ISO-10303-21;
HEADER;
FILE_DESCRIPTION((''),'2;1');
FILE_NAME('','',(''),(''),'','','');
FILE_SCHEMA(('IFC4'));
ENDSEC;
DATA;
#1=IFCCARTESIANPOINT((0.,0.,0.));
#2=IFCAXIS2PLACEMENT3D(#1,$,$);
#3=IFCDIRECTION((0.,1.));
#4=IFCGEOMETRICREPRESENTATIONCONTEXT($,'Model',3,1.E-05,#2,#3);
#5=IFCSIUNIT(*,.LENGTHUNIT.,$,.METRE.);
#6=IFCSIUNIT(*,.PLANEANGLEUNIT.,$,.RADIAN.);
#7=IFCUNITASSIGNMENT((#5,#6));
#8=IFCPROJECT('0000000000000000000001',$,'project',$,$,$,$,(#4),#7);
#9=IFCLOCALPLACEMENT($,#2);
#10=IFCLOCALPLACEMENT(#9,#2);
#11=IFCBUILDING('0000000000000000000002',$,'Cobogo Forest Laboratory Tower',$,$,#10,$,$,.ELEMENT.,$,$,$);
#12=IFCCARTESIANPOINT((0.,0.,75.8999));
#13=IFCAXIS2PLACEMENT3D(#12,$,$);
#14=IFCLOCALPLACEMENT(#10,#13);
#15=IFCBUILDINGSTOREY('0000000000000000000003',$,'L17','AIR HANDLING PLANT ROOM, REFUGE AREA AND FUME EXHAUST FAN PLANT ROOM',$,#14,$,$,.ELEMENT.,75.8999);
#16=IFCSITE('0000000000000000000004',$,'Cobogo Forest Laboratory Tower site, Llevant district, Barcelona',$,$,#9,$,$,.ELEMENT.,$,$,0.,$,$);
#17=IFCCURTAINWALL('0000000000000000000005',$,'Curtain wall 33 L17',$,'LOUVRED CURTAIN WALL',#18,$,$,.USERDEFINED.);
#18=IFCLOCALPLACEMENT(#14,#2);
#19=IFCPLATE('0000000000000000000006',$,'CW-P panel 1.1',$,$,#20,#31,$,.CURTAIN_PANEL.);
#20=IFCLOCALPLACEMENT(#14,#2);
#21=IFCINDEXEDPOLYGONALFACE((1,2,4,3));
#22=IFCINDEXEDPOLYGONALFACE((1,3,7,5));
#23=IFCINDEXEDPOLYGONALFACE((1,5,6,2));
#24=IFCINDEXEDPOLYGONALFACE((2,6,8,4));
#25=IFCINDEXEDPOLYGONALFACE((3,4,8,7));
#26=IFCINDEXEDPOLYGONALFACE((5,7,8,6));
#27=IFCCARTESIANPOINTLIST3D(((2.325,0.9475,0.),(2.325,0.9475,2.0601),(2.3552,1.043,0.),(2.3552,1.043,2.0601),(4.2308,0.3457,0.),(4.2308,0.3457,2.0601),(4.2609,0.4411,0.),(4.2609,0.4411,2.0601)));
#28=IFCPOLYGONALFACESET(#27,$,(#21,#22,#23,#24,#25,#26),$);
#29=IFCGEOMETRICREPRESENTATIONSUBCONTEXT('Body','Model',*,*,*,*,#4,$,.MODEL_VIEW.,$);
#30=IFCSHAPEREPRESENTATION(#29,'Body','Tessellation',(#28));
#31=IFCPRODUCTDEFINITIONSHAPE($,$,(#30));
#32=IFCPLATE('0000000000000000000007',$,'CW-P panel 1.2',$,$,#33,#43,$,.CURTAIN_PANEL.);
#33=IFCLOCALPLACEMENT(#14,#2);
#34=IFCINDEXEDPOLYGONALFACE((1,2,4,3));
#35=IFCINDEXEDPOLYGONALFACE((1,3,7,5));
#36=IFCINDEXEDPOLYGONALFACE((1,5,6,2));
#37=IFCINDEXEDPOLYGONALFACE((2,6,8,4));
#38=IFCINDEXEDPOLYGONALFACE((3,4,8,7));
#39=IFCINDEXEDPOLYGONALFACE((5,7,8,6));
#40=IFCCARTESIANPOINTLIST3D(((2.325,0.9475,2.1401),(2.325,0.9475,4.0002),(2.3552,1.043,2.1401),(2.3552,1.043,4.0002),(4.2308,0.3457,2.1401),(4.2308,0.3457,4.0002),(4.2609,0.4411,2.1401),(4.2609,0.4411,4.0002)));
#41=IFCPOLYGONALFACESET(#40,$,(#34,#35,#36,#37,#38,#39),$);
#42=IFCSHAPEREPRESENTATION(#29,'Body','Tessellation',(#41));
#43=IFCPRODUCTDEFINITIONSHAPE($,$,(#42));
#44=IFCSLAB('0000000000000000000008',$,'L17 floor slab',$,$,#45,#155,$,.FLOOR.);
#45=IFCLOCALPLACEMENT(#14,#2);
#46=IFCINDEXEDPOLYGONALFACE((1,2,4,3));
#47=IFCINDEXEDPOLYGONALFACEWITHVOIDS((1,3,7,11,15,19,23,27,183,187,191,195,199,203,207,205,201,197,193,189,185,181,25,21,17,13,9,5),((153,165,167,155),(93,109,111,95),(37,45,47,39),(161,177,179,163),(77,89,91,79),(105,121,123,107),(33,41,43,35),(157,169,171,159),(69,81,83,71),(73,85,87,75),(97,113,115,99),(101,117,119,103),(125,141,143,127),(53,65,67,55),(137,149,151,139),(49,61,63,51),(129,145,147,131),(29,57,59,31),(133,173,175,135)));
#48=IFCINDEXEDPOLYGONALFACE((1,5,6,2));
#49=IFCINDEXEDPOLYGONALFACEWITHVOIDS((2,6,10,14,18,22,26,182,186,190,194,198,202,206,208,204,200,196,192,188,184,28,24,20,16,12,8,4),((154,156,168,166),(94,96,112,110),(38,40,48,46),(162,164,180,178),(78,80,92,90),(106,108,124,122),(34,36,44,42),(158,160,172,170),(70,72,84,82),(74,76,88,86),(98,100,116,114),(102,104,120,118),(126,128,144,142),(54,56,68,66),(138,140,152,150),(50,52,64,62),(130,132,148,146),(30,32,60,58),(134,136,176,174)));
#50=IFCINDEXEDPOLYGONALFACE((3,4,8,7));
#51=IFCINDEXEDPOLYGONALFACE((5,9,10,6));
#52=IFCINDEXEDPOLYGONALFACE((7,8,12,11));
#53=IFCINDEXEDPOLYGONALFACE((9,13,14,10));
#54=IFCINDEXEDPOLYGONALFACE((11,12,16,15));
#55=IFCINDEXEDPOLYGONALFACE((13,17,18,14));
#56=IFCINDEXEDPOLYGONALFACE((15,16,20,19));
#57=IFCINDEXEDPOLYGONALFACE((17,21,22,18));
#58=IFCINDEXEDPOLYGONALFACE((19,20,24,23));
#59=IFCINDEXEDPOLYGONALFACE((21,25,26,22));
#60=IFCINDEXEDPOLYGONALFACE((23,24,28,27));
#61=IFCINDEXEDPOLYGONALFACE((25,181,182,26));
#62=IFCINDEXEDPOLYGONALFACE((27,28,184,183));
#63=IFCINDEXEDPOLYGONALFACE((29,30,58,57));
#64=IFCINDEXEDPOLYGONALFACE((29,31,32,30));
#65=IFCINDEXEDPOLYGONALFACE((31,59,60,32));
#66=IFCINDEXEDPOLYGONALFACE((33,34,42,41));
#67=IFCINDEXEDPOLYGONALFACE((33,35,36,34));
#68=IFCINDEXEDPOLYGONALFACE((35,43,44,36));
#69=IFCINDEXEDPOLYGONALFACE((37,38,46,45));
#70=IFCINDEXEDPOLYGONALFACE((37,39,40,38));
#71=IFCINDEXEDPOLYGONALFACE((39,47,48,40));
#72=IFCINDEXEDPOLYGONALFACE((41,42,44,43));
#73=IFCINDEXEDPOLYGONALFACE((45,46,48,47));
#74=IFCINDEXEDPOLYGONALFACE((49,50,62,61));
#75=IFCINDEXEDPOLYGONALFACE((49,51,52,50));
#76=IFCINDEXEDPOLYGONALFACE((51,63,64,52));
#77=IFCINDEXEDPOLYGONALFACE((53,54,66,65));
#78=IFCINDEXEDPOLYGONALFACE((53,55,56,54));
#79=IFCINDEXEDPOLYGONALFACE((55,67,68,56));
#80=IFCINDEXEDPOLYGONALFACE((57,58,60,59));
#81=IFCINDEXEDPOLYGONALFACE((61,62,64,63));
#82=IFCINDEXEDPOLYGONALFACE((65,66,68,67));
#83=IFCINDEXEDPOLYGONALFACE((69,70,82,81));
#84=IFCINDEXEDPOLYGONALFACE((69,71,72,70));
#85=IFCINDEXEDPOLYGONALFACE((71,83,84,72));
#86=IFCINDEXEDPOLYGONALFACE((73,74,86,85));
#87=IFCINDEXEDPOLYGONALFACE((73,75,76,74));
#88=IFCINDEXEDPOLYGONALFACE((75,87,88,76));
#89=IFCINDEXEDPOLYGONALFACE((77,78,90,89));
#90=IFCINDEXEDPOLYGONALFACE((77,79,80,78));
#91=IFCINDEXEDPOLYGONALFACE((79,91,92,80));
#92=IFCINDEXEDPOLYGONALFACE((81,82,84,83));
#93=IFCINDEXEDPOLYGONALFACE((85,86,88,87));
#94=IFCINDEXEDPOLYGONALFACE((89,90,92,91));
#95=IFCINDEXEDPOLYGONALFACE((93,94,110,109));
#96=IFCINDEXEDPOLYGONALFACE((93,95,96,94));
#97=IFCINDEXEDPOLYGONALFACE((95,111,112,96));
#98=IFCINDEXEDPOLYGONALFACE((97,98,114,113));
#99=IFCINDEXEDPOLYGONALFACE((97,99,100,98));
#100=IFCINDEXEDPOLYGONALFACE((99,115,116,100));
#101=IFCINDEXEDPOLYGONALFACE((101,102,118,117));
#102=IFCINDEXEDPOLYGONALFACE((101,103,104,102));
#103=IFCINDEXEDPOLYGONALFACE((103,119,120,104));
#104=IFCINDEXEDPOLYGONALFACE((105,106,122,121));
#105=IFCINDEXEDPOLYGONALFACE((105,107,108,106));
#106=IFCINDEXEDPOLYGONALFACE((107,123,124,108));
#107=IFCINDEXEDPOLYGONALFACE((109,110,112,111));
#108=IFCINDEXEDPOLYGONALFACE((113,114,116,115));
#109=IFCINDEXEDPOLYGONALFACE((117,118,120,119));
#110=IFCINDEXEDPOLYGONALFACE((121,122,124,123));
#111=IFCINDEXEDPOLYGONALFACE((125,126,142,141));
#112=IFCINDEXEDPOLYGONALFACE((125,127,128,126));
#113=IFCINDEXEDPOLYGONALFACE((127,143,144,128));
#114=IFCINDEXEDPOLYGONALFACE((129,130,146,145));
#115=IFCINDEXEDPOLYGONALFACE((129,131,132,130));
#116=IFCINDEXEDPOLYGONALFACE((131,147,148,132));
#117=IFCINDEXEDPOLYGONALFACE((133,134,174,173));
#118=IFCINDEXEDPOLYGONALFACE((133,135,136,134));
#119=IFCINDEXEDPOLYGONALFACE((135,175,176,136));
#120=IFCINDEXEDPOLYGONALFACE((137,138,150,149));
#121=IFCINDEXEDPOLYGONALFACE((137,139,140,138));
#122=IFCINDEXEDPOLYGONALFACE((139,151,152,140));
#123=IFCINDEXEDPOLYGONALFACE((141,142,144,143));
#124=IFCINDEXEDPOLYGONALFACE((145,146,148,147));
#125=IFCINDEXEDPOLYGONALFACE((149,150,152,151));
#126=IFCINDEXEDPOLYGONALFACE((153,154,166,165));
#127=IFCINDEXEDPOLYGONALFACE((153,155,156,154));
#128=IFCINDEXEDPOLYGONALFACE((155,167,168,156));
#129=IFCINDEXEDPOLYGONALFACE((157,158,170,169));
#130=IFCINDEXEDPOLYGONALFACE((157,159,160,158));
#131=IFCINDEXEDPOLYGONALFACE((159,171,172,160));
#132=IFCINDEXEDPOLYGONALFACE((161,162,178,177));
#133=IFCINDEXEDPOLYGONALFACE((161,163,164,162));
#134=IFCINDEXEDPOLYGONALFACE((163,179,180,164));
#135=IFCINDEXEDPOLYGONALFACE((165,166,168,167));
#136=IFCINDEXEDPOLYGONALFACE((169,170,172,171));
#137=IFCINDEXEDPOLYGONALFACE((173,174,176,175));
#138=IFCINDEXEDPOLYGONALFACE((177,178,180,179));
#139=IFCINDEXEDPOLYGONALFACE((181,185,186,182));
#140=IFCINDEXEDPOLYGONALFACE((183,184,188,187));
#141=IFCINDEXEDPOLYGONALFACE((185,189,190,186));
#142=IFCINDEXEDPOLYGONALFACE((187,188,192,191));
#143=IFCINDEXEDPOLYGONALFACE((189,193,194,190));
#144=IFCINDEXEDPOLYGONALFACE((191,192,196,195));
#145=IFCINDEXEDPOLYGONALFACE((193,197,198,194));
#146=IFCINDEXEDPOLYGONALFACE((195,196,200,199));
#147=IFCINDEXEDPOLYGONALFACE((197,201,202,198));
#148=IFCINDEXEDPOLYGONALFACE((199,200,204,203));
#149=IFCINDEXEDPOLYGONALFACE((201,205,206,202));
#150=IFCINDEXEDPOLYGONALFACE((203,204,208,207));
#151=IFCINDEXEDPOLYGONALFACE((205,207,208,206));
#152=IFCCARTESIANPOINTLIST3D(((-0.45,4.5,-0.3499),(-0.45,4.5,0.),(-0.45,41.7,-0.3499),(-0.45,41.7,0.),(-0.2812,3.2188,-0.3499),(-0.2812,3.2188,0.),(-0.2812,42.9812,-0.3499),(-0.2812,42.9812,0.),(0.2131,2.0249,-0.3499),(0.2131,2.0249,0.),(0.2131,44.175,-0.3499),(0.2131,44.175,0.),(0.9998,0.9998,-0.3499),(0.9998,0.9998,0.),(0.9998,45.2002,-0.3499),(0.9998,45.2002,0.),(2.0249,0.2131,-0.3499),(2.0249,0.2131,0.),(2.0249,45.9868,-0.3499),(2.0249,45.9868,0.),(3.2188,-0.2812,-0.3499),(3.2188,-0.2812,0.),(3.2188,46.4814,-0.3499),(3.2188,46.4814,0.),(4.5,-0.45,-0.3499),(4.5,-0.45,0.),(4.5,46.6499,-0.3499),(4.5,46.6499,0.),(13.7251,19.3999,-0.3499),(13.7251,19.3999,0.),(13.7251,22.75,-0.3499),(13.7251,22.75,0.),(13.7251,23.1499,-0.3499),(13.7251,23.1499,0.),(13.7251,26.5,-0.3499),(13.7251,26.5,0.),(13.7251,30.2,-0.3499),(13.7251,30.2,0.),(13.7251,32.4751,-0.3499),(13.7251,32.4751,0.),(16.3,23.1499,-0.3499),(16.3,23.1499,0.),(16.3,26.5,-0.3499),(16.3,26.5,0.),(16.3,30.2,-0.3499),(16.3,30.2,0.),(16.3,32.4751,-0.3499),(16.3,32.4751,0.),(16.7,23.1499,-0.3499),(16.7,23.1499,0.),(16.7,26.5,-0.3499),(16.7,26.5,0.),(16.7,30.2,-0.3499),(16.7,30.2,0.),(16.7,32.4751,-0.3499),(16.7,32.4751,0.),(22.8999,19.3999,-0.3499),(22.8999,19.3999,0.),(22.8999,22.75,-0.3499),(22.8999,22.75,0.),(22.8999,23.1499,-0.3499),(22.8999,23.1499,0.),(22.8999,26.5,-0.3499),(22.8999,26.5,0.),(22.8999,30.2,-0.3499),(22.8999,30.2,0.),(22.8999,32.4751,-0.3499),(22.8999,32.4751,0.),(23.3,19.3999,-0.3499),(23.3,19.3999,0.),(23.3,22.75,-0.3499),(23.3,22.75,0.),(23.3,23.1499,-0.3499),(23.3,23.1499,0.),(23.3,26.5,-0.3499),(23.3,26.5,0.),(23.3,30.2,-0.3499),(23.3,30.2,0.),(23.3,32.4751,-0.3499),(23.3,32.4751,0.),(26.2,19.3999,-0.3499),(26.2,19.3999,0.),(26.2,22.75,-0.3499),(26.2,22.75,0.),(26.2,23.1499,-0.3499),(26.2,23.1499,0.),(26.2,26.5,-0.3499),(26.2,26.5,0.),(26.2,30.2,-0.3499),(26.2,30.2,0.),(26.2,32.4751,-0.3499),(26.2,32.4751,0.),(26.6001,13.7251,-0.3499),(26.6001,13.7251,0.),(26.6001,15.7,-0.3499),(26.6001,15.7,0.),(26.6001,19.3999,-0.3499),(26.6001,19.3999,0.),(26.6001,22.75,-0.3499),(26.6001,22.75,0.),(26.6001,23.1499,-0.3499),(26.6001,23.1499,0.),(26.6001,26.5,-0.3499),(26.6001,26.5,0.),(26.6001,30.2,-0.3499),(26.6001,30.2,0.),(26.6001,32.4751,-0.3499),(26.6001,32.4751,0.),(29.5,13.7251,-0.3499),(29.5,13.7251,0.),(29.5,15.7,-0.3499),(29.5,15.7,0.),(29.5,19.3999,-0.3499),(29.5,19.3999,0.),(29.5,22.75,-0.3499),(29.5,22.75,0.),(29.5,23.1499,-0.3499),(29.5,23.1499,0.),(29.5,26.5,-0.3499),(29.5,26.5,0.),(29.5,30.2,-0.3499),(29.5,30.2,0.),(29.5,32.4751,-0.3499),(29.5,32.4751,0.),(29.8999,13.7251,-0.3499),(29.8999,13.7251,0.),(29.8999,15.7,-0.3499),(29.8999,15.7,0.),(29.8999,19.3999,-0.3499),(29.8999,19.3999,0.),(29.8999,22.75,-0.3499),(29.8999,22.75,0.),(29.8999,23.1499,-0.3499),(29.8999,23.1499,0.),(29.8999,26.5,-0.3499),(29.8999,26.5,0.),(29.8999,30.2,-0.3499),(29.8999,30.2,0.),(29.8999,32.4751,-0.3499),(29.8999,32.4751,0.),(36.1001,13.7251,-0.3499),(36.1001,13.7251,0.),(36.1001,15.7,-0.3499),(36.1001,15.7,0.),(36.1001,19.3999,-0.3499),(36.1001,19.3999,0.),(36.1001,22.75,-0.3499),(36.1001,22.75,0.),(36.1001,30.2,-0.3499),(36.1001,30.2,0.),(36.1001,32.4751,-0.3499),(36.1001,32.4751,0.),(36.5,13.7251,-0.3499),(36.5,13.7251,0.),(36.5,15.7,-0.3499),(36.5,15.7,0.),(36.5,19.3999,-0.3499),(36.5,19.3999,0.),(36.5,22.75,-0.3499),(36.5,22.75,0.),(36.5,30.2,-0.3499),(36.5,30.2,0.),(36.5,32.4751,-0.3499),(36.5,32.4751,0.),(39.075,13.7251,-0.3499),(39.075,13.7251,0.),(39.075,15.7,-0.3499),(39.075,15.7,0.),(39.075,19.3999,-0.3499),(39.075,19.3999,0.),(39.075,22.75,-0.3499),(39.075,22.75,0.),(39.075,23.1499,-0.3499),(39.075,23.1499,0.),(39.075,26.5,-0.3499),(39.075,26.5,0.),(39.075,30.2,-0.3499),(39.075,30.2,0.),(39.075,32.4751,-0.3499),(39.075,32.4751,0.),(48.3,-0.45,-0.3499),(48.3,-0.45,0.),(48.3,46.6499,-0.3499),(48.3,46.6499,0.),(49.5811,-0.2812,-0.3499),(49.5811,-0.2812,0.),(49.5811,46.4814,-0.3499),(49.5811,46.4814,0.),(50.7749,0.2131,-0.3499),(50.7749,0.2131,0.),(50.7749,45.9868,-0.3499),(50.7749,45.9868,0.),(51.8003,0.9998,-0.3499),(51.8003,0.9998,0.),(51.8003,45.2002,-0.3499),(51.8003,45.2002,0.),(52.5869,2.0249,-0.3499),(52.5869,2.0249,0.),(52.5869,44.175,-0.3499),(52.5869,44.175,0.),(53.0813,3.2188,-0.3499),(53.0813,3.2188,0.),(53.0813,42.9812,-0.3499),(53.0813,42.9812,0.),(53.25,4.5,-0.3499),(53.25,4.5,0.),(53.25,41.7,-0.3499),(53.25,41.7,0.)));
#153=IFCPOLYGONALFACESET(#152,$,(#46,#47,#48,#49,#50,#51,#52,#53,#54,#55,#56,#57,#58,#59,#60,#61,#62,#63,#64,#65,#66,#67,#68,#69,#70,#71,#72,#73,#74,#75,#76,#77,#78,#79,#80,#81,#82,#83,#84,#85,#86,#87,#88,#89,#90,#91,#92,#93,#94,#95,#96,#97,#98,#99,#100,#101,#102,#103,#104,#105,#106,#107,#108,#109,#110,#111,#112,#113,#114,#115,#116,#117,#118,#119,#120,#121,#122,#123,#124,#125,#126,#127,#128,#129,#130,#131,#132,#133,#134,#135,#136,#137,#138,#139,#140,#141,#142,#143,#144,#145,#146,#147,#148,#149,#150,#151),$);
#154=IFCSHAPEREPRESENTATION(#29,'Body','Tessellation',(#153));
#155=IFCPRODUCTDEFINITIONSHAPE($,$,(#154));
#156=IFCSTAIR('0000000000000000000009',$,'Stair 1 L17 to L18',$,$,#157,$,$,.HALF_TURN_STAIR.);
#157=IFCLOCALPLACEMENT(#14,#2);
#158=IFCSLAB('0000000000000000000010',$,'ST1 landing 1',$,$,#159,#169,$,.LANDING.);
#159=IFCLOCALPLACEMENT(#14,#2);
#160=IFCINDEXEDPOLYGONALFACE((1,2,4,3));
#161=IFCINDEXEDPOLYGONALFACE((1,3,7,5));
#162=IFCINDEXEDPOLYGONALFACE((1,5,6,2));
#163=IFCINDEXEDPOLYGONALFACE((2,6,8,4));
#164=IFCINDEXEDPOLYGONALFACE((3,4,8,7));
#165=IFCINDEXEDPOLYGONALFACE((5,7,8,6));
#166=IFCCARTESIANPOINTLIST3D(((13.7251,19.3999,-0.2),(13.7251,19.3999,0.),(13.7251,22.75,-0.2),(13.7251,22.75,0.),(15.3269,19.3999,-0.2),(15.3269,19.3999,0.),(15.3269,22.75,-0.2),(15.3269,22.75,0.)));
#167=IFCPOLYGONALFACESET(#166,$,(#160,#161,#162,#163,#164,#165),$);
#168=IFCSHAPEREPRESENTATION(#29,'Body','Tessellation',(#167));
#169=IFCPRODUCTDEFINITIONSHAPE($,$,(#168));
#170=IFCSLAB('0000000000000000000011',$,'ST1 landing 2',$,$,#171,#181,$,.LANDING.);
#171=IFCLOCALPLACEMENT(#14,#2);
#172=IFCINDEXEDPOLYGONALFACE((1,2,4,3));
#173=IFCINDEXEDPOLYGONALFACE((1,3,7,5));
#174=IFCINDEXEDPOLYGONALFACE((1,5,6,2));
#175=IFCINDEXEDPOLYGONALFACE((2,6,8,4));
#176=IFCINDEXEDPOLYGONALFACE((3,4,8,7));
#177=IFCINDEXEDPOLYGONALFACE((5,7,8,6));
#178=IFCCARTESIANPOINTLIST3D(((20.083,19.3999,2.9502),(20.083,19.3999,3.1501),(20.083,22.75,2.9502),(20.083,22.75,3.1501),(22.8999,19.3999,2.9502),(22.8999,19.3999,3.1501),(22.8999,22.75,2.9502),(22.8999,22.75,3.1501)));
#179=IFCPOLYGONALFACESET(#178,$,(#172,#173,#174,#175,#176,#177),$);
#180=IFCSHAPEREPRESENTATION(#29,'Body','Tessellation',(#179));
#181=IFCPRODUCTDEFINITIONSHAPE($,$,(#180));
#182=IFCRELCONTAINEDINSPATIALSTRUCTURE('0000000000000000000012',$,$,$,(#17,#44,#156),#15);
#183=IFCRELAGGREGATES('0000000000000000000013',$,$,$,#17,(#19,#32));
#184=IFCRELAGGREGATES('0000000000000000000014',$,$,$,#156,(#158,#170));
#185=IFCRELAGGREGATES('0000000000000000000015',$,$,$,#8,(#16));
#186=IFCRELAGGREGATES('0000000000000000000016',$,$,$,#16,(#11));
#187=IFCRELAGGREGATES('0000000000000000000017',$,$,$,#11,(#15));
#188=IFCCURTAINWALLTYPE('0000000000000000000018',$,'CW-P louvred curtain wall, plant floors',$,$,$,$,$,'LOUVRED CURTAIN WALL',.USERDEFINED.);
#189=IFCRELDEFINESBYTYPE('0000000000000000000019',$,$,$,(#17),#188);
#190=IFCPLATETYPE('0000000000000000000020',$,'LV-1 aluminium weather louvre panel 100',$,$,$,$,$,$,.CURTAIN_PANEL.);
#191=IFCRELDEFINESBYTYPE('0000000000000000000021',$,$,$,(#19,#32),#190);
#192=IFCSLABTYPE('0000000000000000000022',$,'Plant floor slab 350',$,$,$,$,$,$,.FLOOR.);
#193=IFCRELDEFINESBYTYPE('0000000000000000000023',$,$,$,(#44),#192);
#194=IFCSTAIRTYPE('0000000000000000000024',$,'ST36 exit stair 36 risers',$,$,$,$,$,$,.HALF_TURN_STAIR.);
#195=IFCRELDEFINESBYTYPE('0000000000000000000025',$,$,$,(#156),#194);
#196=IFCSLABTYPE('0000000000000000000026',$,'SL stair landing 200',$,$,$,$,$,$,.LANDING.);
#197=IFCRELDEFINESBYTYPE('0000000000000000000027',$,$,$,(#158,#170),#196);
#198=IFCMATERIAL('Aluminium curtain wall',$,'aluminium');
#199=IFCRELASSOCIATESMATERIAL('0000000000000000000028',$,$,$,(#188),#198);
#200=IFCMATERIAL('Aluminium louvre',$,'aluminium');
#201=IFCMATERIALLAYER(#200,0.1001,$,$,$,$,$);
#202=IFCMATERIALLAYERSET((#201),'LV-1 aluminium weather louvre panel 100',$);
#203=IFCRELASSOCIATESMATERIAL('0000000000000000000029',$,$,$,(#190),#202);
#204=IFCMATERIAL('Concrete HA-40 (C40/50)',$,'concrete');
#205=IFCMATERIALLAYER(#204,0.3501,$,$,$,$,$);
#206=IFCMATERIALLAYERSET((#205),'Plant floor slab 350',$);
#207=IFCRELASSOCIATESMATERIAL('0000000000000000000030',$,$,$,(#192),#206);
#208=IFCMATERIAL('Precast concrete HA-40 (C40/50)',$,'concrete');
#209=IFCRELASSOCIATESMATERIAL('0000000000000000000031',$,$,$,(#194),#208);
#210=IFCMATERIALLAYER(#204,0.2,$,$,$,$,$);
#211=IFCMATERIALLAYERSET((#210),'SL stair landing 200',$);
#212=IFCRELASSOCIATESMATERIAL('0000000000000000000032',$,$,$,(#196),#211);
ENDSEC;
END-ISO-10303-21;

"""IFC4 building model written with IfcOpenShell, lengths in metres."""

from ifc_helpers import new_model, si_unit, direction, frame, origin, origin_2d, place, context, subcontext, project, spatial, polyline, rectangle, outline, extrude, material, layer, layer_set, type_object, element, aggregate, save


model = new_model("IFC4")

# Units and contexts
model_context = context("Model", 3, precision=1e-05, world=origin(), true_north=direction((0.0, 1.0)))
body_context = subcontext(model_context, "Body", "Model", "MODEL_VIEW")
ifc_project = project(units=[si_unit("LENGTHUNIT", "METRE"), si_unit("PLANEANGLEUNIT", "RADIAN")], contexts=[model_context])

# Site, building, storey
site_placement = place(None, origin())
site = spatial("IfcSite", under=ifc_project, at=site_placement, Name="Cobogo Forest Laboratory Tower site, Llevant district, Barcelona", CompositionType="ELEMENT", RefElevation=0.0)
building_placement = place(site_placement, origin())
building = spatial("IfcBuilding", under=site, at=building_placement, Name="Cobogo Forest Laboratory Tower", CompositionType="ELEMENT")
storey_placement = place(building_placement, frame((0.0, 0.0, 75.8999)))
storey = spatial("IfcBuildingStorey", under=building, at=storey_placement, Name="L17", Description="AIR HANDLING PLANT ROOM, REFUGE AREA AND FUME EXHAUST FAN PLANT ROOM", CompositionType="ELEMENT", Elevation=75.8999)

# Curtain wall
ifc_material_1 = material(Name="Aluminium curtain wall", Category="aluminium")
curtain_wall_type = type_object("IfcCurtainWallType", Name="CW-P louvred curtain wall, plant floors", ElementType="LOUVRED CURTAIN WALL", PredefinedType="USERDEFINED", material=ifc_material_1)
curtain_wall_1_placement = place(storey_placement, origin())
curtain_wall_1 = element("IfcCurtainWall", 1, at=curtain_wall_1_placement, inside=storey, type_object=curtain_wall_type, Name="Curtain wall 33 L17", ObjectType="LOUVRED CURTAIN WALL", PredefinedType="USERDEFINED")

# Shared definitions
ifc_material_2 = material(Name="Concrete HA-40 (C40/50)", Category="concrete")

# Plates
ifc_material_3 = material(Name="Aluminium louvre", Category="aluminium")
ifc_layer_1 = layer(ifc_material_3, 0.1001)
ifc_layer_set_1 = layer_set([ifc_layer_1], Name="LV-1 aluminium weather louvre panel 100")
plate_type = type_object("IfcPlateType", Name="LV-1 aluminium weather louvre panel 100", PredefinedType="CURTAIN_PANEL", material=ifc_layer_set_1)
plate_1_placement = place(storey_placement, frame((3.293, 0.6943, 0.0), z_axis=(0.0, 0.0, 1.0), x_axis=(0.953581, -0.301136, 0.0)))
plate_1 = element("IfcPlate", 2, at=plate_1_placement, type_object=plate_type, Name="CW-P panel 1.1", PredefinedType="CURTAIN_PANEL", context=body_context, shape_type="SweptSolid", body=[
    extrude(rectangle(XDim=1.9985, YDim=0.1001, at=origin_2d()), origin(), (0.0, 0.0, 1.0), 2.0601),
])
plate_2_placement = place(storey_placement, frame((3.293, 0.6943, 2.1401), z_axis=(0.0, 0.0, 1.0), x_axis=(0.953581, -0.301136, 0.0)))
plate_2 = element("IfcPlate", 3, at=plate_2_placement, type_object=plate_type, Name="CW-P panel 1.2", PredefinedType="CURTAIN_PANEL", context=body_context, shape_type="SweptSolid", body=[
    extrude(rectangle(XDim=1.9985, YDim=0.1001, at=origin_2d()), origin(), (0.0, 0.0, 1.0), 1.8601),
])
aggregate(curtain_wall_1, [plate_1, plate_2])

# Slab
ifc_layer_2 = layer(ifc_material_2, 0.3501)
ifc_layer_set_2 = layer_set([ifc_layer_2], Name="Plant floor slab 350")
slab_type_1 = type_object("IfcSlabType", Name="Plant floor slab 350", PredefinedType="FLOOR", material=ifc_layer_set_2)
slab_1_placement = place(storey_placement, frame((0.0, 0.0, -0.3499)))
element("IfcSlab", 4, at=slab_1_placement, inside=storey, type_object=slab_type_1, Name="L17 floor slab", PredefinedType="FLOOR", context=body_context, shape_type="SweptSolid", body=[
    extrude(outline(polyline([(48.3, -0.45), (49.5811, -0.2812), (50.7749, 0.2131), (51.8003, 0.9998), (52.5869, 2.0249), (53.0813, 3.2188), (53.25, 4.5), (53.25, 41.7), (53.0813, 42.9812), (52.5869, 44.175), (51.8003, 45.2002), (50.7749, 45.9868), (49.5811, 46.4814), (48.3, 46.6499), (4.5, 46.6499), (3.2188, 46.4814), (2.0249, 45.9868), (0.9998, 45.2002), (0.2131, 44.175), (-0.2812, 42.9812), (-0.45, 41.7), (-0.45, 4.5), (-0.2812, 3.2188), (0.2131, 2.0249), (0.9998, 0.9998), (2.0249, 0.2131), (3.2188, -0.2812), (4.5, -0.45), (48.3, -0.45)]), holes=[polyline([(29.5, 13.7251), (26.6001, 13.7251), (26.6001, 15.7), (29.5, 15.7), (29.5, 13.7251)]), polyline([(36.1001, 15.7), (36.1001, 13.7251), (29.8999, 13.7251), (29.8999, 15.7), (36.1001, 15.7)]), polyline([(36.5, 13.7251), (36.5, 15.7), (39.075, 15.7), (39.075, 13.7251), (36.5, 13.7251)]), polyline([(13.7251, 19.3999), (13.7251, 22.75), (22.8999, 22.75), (22.8999, 19.3999), (13.7251, 19.3999)]), polyline([(23.3, 19.3999), (23.3, 22.75), (26.2, 22.75), (26.2, 19.3999), (23.3, 19.3999)]), polyline([(29.5, 19.3999), (26.6001, 19.3999), (26.6001, 22.75), (29.5, 22.75), (29.5, 19.3999)]), polyline([(36.1001, 22.75), (36.1001, 19.3999), (29.8999, 19.3999), (29.8999, 22.75), (36.1001, 22.75)]), polyline([(39.075, 19.3999), (36.5, 19.3999), (36.5, 22.75), (39.075, 22.75), (39.075, 19.3999)]), polyline([(16.3, 23.1499), (13.7251, 23.1499), (13.7251, 26.5), (16.3, 26.5), (16.3, 23.1499)]), polyline([(22.8999, 26.5), (22.8999, 23.1499), (16.7, 23.1499), (16.7, 26.5), (22.8999, 26.5)]), polyline([(26.2, 23.1499), (23.3, 23.1499), (23.3, 26.5), (26.2, 26.5), (26.2, 23.1499)]), polyline([(26.6001, 23.1499), (26.6001, 26.5), (29.5, 26.5), (29.5, 23.1499), (26.6001, 23.1499)]), polyline([(29.8999, 23.1499), (29.8999, 26.5), (39.075, 26.5), (39.075, 23.1499), (29.8999, 23.1499)]), polyline([(13.7251, 30.2), (13.7251, 32.4751), (16.3, 32.4751), (16.3, 30.2), (13.7251, 30.2)]), polyline([(22.8999, 32.4751), (22.8999, 30.2), (16.7, 30.2), (16.7, 32.4751), (22.8999, 32.4751)]), polyline([(23.3, 30.2), (23.3, 32.4751), (26.2, 32.4751), (26.2, 30.2), (23.3, 30.2)]), polyline([(26.6001, 30.2), (26.6001, 32.4751), (29.5, 32.4751), (29.5, 30.2), (26.6001, 30.2)]), polyline([(36.1001, 32.4751), (36.1001, 30.2), (29.8999, 30.2), (29.8999, 32.4751), (36.1001, 32.4751)]), polyline([(36.5, 30.2), (36.5, 32.4751), (39.075, 32.4751), (39.075, 30.2), (36.5, 30.2)])]), origin(), (0.0, 0.0, 1.0), 0.3499),
])

# Stair, slabs
ifc_material_4 = material(Name="Precast concrete HA-40 (C40/50)", Category="concrete")
stair_type = type_object("IfcStairType", Name="ST36 exit stair 36 risers", PredefinedType="HALF_TURN_STAIR", material=ifc_material_4)
stair_1_placement = place(storey_placement, origin())
stair_1 = element("IfcStair", 5, at=stair_1_placement, inside=storey, type_object=stair_type, Name="Stair 1 L17 to L18", PredefinedType="HALF_TURN_STAIR")
ifc_layer_3 = layer(ifc_material_2, 0.2)
ifc_layer_set_3 = layer_set([ifc_layer_3], Name="SL stair landing 200")
slab_type_2 = type_object("IfcSlabType", Name="SL stair landing 200", PredefinedType="LANDING", material=ifc_layer_set_3)
slab_2_placement = place(storey_placement, frame((0.0, 0.0, -0.2)))
slab_2 = element("IfcSlab", 6, at=slab_2_placement, type_object=slab_type_2, Name="ST1 landing 1", PredefinedType="LANDING", context=body_context, shape_type="SweptSolid", body=[
    extrude(outline(polyline([(13.7251, 19.3999), (15.3269, 19.3999), (15.3269, 22.75), (13.7251, 22.75), (13.7251, 19.3999)])), origin(), (0.0, 0.0, 1.0), 0.2),
])
slab_3_placement = place(storey_placement, frame((0.0, 0.0, 2.9502)))
slab_3 = element("IfcSlab", 7, at=slab_3_placement, type_object=slab_type_2, Name="ST1 landing 2", PredefinedType="LANDING", context=body_context, shape_type="SweptSolid", body=[
    extrude(outline(polyline([(20.083, 19.3999), (22.8999, 19.3999), (22.8999, 22.75), (20.083, 22.75), (20.083, 19.3999)])), origin(), (0.0, 0.0, 1.0), 0.2),
])
aggregate(stair_1, [slab_2, slab_3])

save(model, "model.ifc")
